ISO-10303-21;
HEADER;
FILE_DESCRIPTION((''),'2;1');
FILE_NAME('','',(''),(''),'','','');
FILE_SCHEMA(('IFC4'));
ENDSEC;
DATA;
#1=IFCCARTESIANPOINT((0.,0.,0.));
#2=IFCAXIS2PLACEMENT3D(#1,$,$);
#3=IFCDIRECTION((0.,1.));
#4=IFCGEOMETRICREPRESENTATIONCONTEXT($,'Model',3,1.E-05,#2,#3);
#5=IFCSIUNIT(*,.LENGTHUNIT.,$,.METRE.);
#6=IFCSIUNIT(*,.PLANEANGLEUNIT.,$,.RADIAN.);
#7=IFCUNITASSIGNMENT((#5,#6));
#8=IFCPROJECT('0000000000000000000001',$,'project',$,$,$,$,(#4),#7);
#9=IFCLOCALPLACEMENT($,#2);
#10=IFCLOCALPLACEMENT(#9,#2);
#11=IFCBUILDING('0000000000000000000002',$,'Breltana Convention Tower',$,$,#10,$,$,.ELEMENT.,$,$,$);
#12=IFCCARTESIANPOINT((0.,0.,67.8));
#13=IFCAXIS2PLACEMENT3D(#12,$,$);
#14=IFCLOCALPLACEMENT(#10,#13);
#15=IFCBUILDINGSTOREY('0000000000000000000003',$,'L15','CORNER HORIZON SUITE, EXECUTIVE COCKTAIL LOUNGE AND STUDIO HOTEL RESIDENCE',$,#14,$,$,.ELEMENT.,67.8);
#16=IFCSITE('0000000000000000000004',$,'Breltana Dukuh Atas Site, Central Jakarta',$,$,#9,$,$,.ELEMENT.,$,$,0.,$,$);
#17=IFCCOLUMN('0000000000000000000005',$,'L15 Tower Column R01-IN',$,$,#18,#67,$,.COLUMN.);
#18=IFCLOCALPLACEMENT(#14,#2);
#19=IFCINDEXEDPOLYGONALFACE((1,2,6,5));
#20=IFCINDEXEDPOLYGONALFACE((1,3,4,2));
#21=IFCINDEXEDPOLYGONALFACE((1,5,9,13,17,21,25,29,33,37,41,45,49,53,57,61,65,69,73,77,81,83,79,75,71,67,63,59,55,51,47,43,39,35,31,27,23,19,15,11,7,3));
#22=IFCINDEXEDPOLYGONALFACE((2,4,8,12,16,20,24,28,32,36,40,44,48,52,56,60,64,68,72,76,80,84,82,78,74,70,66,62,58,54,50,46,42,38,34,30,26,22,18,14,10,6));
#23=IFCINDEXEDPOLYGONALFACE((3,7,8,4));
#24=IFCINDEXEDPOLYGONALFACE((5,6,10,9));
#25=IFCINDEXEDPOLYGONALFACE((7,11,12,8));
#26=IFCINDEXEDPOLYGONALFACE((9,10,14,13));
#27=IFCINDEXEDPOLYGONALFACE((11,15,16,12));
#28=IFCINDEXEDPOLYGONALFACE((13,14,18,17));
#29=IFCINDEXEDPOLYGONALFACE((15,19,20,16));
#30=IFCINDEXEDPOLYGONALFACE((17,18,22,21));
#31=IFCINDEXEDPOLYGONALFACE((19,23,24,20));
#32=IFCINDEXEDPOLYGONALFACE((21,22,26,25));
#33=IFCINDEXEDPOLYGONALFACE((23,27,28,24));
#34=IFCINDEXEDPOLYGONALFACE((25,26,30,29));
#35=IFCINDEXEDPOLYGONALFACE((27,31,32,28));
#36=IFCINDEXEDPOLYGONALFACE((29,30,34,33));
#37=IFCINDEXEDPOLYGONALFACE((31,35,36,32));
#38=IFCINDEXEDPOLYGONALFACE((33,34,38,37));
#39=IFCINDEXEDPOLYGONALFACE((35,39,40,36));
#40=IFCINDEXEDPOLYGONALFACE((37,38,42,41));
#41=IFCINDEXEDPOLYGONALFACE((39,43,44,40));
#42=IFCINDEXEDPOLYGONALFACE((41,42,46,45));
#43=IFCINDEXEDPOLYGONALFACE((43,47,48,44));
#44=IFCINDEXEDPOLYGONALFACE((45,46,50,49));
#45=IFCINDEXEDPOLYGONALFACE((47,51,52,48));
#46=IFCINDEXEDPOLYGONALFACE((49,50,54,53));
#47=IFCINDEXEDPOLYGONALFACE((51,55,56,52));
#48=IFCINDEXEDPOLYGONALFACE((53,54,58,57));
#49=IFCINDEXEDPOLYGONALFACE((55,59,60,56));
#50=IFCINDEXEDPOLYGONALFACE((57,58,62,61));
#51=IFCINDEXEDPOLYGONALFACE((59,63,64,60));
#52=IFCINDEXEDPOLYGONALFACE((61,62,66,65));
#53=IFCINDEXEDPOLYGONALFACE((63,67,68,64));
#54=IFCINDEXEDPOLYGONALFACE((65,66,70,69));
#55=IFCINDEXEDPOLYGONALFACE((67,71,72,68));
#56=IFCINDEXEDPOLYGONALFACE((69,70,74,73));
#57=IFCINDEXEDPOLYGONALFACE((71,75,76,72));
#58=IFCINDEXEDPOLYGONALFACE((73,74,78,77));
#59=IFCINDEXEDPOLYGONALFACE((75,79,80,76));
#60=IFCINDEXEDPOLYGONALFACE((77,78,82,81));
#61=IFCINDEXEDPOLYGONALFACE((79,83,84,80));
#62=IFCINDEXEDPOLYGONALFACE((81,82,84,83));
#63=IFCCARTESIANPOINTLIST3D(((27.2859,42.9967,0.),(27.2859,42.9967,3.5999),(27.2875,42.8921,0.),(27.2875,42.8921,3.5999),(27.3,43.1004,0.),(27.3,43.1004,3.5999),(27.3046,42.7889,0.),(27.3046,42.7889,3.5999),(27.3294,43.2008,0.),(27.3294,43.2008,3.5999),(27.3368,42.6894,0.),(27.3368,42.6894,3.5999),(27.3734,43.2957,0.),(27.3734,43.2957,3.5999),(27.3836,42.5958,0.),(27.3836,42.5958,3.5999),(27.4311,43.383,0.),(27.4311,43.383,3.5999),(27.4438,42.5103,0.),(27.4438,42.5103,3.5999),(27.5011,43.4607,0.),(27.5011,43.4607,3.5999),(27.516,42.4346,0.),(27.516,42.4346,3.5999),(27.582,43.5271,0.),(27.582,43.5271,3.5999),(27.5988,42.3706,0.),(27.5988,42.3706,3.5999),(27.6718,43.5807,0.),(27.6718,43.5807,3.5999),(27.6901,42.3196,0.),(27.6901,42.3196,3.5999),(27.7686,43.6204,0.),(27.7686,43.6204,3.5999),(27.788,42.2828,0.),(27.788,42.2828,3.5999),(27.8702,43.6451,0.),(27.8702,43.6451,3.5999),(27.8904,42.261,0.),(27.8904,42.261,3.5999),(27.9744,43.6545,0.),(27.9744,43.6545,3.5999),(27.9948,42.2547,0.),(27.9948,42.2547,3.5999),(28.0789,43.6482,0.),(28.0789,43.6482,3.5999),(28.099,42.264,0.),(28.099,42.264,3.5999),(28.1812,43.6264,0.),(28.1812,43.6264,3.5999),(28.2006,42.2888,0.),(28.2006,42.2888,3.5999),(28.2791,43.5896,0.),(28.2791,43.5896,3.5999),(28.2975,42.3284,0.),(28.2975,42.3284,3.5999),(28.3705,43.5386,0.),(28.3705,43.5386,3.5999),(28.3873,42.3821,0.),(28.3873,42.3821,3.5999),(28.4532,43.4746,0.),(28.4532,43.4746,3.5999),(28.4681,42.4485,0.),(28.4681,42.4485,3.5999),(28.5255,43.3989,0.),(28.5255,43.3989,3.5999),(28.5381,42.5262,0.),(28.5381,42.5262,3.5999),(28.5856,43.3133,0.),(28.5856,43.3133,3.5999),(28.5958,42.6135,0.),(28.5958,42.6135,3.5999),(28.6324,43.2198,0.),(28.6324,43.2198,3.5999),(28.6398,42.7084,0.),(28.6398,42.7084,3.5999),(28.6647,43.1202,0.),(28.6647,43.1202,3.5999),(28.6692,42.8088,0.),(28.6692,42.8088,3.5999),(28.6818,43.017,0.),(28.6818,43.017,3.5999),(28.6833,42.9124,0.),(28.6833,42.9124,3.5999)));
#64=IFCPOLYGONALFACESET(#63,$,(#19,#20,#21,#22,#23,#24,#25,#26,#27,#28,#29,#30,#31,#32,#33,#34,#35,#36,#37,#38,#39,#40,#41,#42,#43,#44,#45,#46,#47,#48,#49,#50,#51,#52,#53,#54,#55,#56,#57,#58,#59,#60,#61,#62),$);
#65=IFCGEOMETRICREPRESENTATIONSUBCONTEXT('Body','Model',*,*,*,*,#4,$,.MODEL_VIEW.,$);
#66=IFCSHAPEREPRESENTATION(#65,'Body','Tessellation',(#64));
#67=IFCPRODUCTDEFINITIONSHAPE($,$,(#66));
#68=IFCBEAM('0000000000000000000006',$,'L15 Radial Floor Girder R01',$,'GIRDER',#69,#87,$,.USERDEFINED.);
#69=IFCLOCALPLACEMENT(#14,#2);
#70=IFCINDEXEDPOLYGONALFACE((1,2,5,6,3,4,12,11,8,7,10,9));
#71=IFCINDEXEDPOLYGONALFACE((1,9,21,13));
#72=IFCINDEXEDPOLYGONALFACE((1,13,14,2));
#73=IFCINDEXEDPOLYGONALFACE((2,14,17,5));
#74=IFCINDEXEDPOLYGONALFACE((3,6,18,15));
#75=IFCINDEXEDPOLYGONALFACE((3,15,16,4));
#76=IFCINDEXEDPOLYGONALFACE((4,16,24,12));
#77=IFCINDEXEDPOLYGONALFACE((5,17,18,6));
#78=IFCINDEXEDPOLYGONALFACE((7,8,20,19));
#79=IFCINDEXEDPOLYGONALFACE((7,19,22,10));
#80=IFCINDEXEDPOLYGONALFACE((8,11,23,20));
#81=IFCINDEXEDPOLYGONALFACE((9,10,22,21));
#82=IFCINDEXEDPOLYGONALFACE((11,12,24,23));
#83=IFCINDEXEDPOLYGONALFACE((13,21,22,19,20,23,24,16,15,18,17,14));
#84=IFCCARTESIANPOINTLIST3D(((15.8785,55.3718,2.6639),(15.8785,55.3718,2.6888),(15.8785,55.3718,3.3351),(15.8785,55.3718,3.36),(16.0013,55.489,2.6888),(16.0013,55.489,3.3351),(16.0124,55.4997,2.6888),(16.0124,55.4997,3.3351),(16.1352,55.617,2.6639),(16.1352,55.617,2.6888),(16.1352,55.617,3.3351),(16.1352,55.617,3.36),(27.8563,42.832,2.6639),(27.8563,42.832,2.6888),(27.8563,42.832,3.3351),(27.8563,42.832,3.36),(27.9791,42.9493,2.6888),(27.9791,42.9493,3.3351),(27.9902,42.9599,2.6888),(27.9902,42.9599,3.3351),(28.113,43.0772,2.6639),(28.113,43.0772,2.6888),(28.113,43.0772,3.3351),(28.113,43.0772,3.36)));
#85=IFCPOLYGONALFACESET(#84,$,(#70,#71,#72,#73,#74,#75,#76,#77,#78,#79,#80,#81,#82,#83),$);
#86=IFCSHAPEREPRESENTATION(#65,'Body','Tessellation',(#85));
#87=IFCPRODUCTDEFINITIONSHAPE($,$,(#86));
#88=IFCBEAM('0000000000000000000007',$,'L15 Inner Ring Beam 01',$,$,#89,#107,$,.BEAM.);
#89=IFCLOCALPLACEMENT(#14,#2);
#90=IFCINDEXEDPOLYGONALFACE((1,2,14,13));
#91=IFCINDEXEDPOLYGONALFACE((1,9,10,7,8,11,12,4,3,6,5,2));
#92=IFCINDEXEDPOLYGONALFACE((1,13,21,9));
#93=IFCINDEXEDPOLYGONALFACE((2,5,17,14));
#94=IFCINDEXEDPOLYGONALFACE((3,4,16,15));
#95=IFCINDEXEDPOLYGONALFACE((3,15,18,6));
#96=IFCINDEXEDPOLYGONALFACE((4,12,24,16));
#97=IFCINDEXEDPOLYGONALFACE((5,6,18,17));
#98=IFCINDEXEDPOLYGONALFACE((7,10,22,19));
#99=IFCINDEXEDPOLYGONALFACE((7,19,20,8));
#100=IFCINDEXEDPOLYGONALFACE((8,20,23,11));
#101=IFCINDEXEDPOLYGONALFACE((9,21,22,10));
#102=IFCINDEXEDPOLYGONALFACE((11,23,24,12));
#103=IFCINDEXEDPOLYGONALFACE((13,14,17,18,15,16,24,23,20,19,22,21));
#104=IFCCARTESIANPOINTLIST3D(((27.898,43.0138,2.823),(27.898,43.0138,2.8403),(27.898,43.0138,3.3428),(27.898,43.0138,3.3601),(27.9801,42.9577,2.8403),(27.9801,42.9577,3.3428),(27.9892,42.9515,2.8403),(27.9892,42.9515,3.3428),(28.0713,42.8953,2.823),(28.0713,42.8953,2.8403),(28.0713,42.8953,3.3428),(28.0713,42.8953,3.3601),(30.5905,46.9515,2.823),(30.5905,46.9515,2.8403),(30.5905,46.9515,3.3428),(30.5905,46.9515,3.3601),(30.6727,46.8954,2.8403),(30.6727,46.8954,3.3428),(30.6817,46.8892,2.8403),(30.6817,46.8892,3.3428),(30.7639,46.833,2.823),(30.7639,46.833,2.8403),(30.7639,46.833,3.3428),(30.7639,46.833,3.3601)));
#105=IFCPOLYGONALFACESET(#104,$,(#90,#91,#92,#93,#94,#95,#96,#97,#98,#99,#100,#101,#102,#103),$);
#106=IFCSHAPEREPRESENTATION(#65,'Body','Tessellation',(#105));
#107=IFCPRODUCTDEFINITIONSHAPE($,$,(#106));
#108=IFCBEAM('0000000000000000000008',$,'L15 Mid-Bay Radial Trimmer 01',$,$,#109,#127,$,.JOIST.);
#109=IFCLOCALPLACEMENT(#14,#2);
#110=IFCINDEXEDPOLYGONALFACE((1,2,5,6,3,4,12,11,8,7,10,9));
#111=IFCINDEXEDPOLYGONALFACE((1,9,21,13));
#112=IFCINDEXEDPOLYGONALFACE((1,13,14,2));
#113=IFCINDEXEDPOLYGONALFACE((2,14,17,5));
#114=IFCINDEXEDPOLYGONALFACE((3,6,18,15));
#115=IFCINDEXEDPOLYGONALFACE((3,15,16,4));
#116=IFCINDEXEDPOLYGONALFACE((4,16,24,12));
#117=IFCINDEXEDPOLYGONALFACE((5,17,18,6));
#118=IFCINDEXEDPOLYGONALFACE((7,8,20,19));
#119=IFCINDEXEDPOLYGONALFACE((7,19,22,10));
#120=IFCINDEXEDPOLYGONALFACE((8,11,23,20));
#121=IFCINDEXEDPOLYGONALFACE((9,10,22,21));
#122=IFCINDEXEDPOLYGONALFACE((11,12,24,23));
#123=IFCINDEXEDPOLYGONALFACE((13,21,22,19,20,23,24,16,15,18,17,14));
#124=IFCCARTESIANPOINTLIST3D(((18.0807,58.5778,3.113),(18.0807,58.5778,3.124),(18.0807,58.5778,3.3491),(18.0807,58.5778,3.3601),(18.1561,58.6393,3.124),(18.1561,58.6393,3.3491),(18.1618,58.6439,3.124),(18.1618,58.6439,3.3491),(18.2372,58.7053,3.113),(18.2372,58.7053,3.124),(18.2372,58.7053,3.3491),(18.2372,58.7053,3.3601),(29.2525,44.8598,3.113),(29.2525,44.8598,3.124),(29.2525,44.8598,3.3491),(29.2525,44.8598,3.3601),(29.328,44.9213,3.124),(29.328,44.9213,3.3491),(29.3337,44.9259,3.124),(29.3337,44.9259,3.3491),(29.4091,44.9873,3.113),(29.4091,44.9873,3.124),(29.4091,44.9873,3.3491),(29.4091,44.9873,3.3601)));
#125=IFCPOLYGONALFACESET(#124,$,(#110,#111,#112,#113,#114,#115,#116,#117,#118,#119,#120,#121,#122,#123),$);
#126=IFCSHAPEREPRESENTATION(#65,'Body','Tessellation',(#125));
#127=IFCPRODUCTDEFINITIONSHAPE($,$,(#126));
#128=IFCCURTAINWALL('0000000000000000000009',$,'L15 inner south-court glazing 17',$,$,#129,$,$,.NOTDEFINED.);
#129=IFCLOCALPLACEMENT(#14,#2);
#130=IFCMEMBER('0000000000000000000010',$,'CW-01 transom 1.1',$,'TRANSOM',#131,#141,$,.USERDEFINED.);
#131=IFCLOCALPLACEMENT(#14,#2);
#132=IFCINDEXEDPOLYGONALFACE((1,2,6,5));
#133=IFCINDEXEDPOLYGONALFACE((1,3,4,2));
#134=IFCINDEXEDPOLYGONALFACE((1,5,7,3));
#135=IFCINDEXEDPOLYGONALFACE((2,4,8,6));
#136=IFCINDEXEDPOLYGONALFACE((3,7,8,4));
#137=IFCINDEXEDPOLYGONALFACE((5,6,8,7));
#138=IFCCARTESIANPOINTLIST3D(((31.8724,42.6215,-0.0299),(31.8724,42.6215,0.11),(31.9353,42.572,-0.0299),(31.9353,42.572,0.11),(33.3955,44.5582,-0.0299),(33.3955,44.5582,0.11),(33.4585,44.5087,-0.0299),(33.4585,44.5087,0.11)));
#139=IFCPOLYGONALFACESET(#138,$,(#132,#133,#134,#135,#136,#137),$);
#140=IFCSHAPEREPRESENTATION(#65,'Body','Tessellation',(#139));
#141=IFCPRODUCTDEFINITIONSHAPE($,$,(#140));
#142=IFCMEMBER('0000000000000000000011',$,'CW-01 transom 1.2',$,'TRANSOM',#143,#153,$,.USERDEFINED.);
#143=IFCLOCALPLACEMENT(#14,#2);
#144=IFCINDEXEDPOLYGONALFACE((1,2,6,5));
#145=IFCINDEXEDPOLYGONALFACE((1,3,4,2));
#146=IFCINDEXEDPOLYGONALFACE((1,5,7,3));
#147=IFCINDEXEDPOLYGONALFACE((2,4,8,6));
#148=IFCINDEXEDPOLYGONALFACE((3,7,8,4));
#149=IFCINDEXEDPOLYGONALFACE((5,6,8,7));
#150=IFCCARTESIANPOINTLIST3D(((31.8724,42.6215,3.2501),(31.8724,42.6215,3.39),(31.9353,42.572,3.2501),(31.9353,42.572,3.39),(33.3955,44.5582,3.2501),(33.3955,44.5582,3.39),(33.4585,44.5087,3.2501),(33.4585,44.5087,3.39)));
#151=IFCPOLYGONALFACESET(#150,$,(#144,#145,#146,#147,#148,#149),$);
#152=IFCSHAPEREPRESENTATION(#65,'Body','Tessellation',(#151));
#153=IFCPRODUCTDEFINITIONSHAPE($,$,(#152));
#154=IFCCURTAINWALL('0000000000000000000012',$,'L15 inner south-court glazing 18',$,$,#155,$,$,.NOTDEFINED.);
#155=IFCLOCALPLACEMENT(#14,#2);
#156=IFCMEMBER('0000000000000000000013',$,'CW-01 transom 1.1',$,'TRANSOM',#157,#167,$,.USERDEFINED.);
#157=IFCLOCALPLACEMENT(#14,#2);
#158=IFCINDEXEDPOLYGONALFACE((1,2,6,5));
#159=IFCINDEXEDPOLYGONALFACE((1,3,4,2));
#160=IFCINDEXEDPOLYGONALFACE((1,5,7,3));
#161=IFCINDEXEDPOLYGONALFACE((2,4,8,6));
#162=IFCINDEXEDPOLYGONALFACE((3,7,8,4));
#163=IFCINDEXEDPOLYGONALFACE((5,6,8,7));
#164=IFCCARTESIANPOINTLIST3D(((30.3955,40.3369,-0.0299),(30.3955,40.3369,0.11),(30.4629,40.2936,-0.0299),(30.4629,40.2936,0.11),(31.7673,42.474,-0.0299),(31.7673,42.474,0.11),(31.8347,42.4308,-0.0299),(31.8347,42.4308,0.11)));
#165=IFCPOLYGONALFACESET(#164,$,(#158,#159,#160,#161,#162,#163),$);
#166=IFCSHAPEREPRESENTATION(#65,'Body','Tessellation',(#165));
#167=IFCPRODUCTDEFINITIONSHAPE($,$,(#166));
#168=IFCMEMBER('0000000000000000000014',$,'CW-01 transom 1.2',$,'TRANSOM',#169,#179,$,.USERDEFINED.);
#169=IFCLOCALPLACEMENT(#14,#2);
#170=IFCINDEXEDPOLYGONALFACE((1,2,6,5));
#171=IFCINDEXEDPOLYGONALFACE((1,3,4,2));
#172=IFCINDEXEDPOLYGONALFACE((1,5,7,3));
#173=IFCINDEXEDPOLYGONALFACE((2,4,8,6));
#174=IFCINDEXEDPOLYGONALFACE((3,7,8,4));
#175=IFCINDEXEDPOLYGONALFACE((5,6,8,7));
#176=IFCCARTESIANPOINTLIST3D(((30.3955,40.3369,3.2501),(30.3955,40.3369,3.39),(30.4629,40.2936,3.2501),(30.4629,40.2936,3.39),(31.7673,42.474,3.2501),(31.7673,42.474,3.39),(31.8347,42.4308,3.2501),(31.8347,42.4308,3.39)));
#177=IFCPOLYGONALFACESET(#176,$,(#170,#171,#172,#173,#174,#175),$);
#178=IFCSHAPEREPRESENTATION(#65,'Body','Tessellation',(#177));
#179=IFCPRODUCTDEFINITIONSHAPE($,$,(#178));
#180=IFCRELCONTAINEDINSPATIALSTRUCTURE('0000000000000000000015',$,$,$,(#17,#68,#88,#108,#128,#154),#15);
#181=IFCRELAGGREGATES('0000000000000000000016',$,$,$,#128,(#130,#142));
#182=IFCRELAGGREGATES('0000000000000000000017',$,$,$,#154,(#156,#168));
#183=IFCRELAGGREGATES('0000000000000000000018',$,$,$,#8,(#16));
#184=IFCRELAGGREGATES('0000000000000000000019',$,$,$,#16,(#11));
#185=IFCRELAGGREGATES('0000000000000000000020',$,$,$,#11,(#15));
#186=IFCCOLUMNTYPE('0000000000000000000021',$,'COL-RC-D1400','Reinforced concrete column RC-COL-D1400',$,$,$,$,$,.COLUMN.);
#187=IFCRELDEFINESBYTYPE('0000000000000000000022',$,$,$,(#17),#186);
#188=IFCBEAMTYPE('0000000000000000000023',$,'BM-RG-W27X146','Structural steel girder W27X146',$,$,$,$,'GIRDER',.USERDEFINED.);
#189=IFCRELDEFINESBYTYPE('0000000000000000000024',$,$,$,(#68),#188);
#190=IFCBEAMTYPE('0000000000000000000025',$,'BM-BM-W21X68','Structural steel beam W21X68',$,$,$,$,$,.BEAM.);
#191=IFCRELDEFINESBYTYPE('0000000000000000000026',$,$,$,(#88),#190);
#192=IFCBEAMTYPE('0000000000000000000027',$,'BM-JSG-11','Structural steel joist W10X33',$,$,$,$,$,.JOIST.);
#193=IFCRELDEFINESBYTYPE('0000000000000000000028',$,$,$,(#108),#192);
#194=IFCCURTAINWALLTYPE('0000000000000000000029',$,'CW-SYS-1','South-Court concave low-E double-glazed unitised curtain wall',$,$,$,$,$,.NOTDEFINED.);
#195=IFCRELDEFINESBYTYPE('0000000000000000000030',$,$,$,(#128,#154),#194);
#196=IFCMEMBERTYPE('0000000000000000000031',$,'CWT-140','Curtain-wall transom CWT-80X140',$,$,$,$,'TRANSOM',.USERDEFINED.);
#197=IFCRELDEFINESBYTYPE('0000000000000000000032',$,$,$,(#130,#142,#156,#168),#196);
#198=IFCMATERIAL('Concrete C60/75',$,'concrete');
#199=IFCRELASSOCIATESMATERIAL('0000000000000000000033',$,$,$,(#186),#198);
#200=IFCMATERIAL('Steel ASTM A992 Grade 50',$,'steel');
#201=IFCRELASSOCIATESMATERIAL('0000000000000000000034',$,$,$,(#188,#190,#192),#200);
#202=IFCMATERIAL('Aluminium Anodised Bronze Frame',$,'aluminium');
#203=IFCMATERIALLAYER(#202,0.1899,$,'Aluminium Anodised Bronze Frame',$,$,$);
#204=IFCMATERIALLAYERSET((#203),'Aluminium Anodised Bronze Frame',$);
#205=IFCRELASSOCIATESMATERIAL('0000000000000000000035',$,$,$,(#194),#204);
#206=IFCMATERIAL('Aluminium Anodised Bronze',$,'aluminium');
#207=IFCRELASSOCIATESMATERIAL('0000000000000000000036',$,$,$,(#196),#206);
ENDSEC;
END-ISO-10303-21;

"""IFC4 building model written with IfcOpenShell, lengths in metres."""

from ifc_helpers import new_model, si_unit, direction, frame, origin, origin_2d, place, context, subcontext, project, spatial, rectangle, circle, i_section, extrude, source, transform, mapped, material, layer, layer_set, material_profile, profile_set, type_object, type_shapes, element, aggregate, save


model = new_model("IFC4")

# Units and contexts
model_context = context("Model", 3, precision=1e-05, world=origin(), true_north=direction((0.0, 1.0)))
body_context = subcontext(model_context, "Body", "Model", "MODEL_VIEW")
ifc_project = project(units=[si_unit("LENGTHUNIT", "METRE"), si_unit("PLANEANGLEUNIT", "RADIAN")], contexts=[model_context])

# Site, building, storey
site_placement = place(None, origin())
site = spatial("IfcSite", under=ifc_project, at=site_placement, Name="Breltana Dukuh Atas Site, Central Jakarta", CompositionType="ELEMENT", RefElevation=0.0)
building_placement = place(site_placement, origin())
building = spatial("IfcBuilding", under=site, at=building_placement, Name="Breltana Convention Tower", CompositionType="ELEMENT")
storey_placement = place(building_placement, frame((0.0, 0.0, 67.8)))
storey = spatial("IfcBuildingStorey", under=building, at=storey_placement, Name="L15", Description="CORNER HORIZON SUITE, EXECUTIVE COCKTAIL LOUNGE AND STUDIO HOTEL RESIDENCE", CompositionType="ELEMENT", Elevation=67.8)

# Column
ifc_material_1 = material(Name="Concrete C60/75", Category="concrete")
ifc_material_profile_1 = material_profile(ifc_material_1, circle(Radius=0.7, at=origin_2d()), Name="RC-COL-D1400")
ifc_profile_set_1 = profile_set([ifc_material_profile_1], Name="Concrete C60/75")
column_type = type_object("IfcColumnType", Name="COL-RC-D1400", Description="Reinforced concrete column RC-COL-D1400", PredefinedType="COLUMN", material=ifc_profile_set_1)
shared_shape_1 = source(origin(), body_context, "Body", "SweptSolid", [
    extrude(circle(Radius=0.7, at=origin_2d()), origin(), (0.0, 0.0, 1.0), 3.5999),
])
column_placement = place(storey_placement, frame((27.9846, 42.9546, 0.0), z_axis=(0.0, 0.0, 1.0), x_axis=(-0.690756, 0.723088, 0.0)))
element("IfcColumn", 1, at=column_placement, inside=storey, type_object=column_type, Name="L15 Tower Column R01-IN", PredefinedType="COLUMN", context=body_context, shape_type="MappedRepresentation", body=[
    mapped(shared_shape_1, transform((0.0, 0.0, 0.0), scale=1.0)),
])

# Beams
ifc_material_2 = material(Name="Steel ASTM A992 Grade 50", Category="steel")
ifc_material_profile_2 = material_profile(ifc_material_2, i_section(OverallWidth=0.355, OverallDepth=0.696, WebThickness=0.0154, FlangeThickness=0.0249, at=origin_2d()), Name="W27X146")
ifc_profile_set_2 = profile_set([ifc_material_profile_2], Name="Steel ASTM A992 Grade 50")
beam_type_1 = type_object("IfcBeamType", Name="BM-RG-W27X146", Description="Structural steel girder W27X146", ElementType="GIRDER", PredefinedType="USERDEFINED", material=ifc_profile_set_2)
shared_shape_2 = source(origin(), body_context, "Body", "SweptSolid", [
    extrude(i_section(OverallWidth=0.355, OverallDepth=0.696, WebThickness=0.0154, FlangeThickness=0.0249, at=origin_2d()), origin(), (0.0, 0.0, 1.0), 17.3411),
])
type_shapes(beam_type_1, [shared_shape_2])
beam_1_placement = place(storey_placement, frame((27.9846, 42.9546, 3.012), z_axis=(-0.690716, 0.723126, 0.0), x_axis=(-0.723126, -0.690716, 0.0)))
element("IfcBeam", 2, at=beam_1_placement, inside=storey, type_object=beam_type_1, Name="L15 Radial Floor Girder R01", ObjectType="GIRDER", PredefinedType="USERDEFINED", context=body_context, shape_type="MappedRepresentation", body=[
    mapped(shared_shape_2, transform((0.0, 0.0, 0.0), scale=1.0)),
])
ifc_material_profile_3 = material_profile(ifc_material_2, i_section(OverallWidth=0.21, OverallDepth=0.5371, WebThickness=0.011, FlangeThickness=0.0173, at=origin_2d()), Name="W21X68")
ifc_profile_set_3 = profile_set([ifc_material_profile_3], Name="Steel ASTM A992 Grade 50")
beam_type_2 = type_object("IfcBeamType", Name="BM-BM-W21X68", Description="Structural steel beam W21X68", PredefinedType="BEAM", material=ifc_profile_set_3)
shared_shape_3 = source(origin(), body_context, "Body", "SweptSolid", [
    extrude(i_section(OverallWidth=0.21, OverallDepth=0.5371, WebThickness=0.011, FlangeThickness=0.0173, at=origin_2d()), origin(), (0.0, 0.0, 1.0), 4.7703),
])
beam_2_placement = place(storey_placement, frame((27.9846, 42.9546, 3.0916), z_axis=(0.564453, 0.825465, 0.0), x_axis=(-0.825465, 0.564453, 0.0)))
element("IfcBeam", 3, at=beam_2_placement, inside=storey, type_object=beam_type_2, Name="L15 Inner Ring Beam 01", PredefinedType="BEAM", context=body_context, shape_type="MappedRepresentation", body=[
    mapped(shared_shape_3, transform((0.0, 0.0, 0.0), scale=1.0)),
])
ifc_material_profile_4 = material_profile(ifc_material_2, i_section(OverallWidth=0.2019, OverallDepth=0.2471, WebThickness=0.0073, FlangeThickness=0.011, at=origin_2d()), Name="W10X33")
ifc_profile_set_4 = profile_set([ifc_material_profile_4], Name="Steel ASTM A992 Grade 50")
beam_type_3 = type_object("IfcBeamType", Name="BM-JSG-11", Description="Structural steel joist W10X33", PredefinedType="JOIST", material=ifc_profile_set_4)
shared_shape_4 = source(origin(), body_context, "Body", "SweptSolid", [
    extrude(i_section(OverallWidth=0.2019, OverallDepth=0.2471, WebThickness=0.0073, FlangeThickness=0.011, at=origin_2d()), origin(), (0.0, 0.0, 1.0), 17.6917),
])
type_shapes(beam_type_3, [shared_shape_4])
beam_3_placement = place(storey_placement, frame((29.3308, 44.9236, 3.2366), z_axis=(-0.631477, 0.775395, 0.0), x_axis=(-0.775395, -0.631477, 0.0)))
element("IfcBeam", 4, at=beam_3_placement, inside=storey, type_object=beam_type_3, Name="L15 Mid-Bay Radial Trimmer 01", PredefinedType="JOIST", context=body_context, shape_type="MappedRepresentation", body=[
    mapped(shared_shape_4, transform((0.0, 0.0, 0.0), scale=1.0)),
])

# Curtain walls, members
ifc_material_3 = material(Name="Aluminium Anodised Bronze Frame", Category="aluminium")
ifc_layer_1 = layer(ifc_material_3, 0.1899, Name="Aluminium Anodised Bronze Frame")
ifc_layer_set_1 = layer_set([ifc_layer_1], Name="Aluminium Anodised Bronze Frame")
curtain_wall_type = type_object("IfcCurtainWallType", Name="CW-SYS-1", Description="South-Court concave low-E double-glazed unitised curtain wall", PredefinedType="NOTDEFINED", material=ifc_layer_set_1)
curtain_wall_1_placement = place(storey_placement, origin())
curtain_wall_1 = element("IfcCurtainWall", 5, at=curtain_wall_1_placement, inside=storey, type_object=curtain_wall_type, Name="L15 inner south-court glazing 17", PredefinedType="NOTDEFINED")
ifc_material_4 = material(Name="Aluminium Anodised Bronze", Category="aluminium")
ifc_material_profile_5 = material_profile(ifc_material_4, rectangle(XDim=0.0801, YDim=0.1399, at=origin_2d()), Name="CWT-80X140")
ifc_profile_set_5 = profile_set([ifc_material_profile_5], Name="Aluminium Anodised Bronze")
member_type_1 = type_object("IfcMemberType", Name="CWT-140", Description="Curtain-wall transom CWT-80X140", ElementType="TRANSOM", PredefinedType="USERDEFINED", material=ifc_profile_set_5)
shared_shape_5 = source(origin(), body_context, "Body", "SweptSolid", [
    extrude(rectangle(XDim=0.0801, YDim=0.1399, at=origin_2d()), origin(), (0.0, 0.0, 1.0), 2.4639),
])
member_1_placement = place(storey_placement, frame((33.427, 44.5334, 0.04), z_axis=(-0.618185, -0.786033, 0.0), x_axis=(0.786033, -0.618185, 0.0)))
member_1 = element("IfcMember", 6, at=member_1_placement, type_object=member_type_1, Name="CW-01 transom 1.1", ObjectType="TRANSOM", PredefinedType="USERDEFINED", context=body_context, shape_type="MappedRepresentation", body=[
    mapped(shared_shape_5, transform((0.0, 0.0, 0.0), scale=1.0)),
])
member_2_placement = place(storey_placement, frame((33.427, 44.5334, 3.3201), z_axis=(-0.618185, -0.786033, 0.0), x_axis=(0.786033, -0.618185, 0.0)))
member_2 = element("IfcMember", 7, at=member_2_placement, type_object=member_type_1, Name="CW-01 transom 1.2", ObjectType="TRANSOM", PredefinedType="USERDEFINED", context=body_context, shape_type="MappedRepresentation", body=[
    mapped(shared_shape_5, transform((0.0, 0.0, 0.0), scale=1.0)),
])
curtain_wall_2_placement = place(storey_placement, origin())
curtain_wall_2 = element("IfcCurtainWall", 8, at=curtain_wall_2_placement, inside=storey, type_object=curtain_wall_type, Name="L15 inner south-court glazing 18", PredefinedType="NOTDEFINED")
shared_shape_6 = source(origin(), body_context, "Body", "SweptSolid", [
    extrude(rectangle(XDim=0.0801, YDim=0.1399, at=origin_2d()), origin(), (0.0, 0.0, 1.0), 2.5396),
])
member_3_placement = place(storey_placement, frame((31.801, 42.4524, 0.04), z_axis=(-0.540174, -0.841553, 0.0), x_axis=(0.841553, -0.540174, 0.0)))
member_3 = element("IfcMember", 9, at=member_3_placement, type_object=member_type_1, Name="CW-01 transom 1.1", ObjectType="TRANSOM", PredefinedType="USERDEFINED", context=body_context, shape_type="MappedRepresentation", body=[
    mapped(shared_shape_6, transform((0.0, 0.0, 0.0), scale=1.0)),
])
member_4_placement = place(storey_placement, frame((31.801, 42.4524, 3.3201), z_axis=(-0.540174, -0.841553, 0.0), x_axis=(0.841553, -0.540174, 0.0)))
member_4 = element("IfcMember", 10, at=member_4_placement, type_object=member_type_1, Name="CW-01 transom 1.2", ObjectType="TRANSOM", PredefinedType="USERDEFINED", context=body_context, shape_type="MappedRepresentation", body=[
    mapped(shared_shape_6, transform((0.0, 0.0, 0.0), scale=1.0)),
])

aggregate(curtain_wall_1, [member_1, member_2])
aggregate(curtain_wall_2, [member_3, member_4])

save(model, "model.ifc")
